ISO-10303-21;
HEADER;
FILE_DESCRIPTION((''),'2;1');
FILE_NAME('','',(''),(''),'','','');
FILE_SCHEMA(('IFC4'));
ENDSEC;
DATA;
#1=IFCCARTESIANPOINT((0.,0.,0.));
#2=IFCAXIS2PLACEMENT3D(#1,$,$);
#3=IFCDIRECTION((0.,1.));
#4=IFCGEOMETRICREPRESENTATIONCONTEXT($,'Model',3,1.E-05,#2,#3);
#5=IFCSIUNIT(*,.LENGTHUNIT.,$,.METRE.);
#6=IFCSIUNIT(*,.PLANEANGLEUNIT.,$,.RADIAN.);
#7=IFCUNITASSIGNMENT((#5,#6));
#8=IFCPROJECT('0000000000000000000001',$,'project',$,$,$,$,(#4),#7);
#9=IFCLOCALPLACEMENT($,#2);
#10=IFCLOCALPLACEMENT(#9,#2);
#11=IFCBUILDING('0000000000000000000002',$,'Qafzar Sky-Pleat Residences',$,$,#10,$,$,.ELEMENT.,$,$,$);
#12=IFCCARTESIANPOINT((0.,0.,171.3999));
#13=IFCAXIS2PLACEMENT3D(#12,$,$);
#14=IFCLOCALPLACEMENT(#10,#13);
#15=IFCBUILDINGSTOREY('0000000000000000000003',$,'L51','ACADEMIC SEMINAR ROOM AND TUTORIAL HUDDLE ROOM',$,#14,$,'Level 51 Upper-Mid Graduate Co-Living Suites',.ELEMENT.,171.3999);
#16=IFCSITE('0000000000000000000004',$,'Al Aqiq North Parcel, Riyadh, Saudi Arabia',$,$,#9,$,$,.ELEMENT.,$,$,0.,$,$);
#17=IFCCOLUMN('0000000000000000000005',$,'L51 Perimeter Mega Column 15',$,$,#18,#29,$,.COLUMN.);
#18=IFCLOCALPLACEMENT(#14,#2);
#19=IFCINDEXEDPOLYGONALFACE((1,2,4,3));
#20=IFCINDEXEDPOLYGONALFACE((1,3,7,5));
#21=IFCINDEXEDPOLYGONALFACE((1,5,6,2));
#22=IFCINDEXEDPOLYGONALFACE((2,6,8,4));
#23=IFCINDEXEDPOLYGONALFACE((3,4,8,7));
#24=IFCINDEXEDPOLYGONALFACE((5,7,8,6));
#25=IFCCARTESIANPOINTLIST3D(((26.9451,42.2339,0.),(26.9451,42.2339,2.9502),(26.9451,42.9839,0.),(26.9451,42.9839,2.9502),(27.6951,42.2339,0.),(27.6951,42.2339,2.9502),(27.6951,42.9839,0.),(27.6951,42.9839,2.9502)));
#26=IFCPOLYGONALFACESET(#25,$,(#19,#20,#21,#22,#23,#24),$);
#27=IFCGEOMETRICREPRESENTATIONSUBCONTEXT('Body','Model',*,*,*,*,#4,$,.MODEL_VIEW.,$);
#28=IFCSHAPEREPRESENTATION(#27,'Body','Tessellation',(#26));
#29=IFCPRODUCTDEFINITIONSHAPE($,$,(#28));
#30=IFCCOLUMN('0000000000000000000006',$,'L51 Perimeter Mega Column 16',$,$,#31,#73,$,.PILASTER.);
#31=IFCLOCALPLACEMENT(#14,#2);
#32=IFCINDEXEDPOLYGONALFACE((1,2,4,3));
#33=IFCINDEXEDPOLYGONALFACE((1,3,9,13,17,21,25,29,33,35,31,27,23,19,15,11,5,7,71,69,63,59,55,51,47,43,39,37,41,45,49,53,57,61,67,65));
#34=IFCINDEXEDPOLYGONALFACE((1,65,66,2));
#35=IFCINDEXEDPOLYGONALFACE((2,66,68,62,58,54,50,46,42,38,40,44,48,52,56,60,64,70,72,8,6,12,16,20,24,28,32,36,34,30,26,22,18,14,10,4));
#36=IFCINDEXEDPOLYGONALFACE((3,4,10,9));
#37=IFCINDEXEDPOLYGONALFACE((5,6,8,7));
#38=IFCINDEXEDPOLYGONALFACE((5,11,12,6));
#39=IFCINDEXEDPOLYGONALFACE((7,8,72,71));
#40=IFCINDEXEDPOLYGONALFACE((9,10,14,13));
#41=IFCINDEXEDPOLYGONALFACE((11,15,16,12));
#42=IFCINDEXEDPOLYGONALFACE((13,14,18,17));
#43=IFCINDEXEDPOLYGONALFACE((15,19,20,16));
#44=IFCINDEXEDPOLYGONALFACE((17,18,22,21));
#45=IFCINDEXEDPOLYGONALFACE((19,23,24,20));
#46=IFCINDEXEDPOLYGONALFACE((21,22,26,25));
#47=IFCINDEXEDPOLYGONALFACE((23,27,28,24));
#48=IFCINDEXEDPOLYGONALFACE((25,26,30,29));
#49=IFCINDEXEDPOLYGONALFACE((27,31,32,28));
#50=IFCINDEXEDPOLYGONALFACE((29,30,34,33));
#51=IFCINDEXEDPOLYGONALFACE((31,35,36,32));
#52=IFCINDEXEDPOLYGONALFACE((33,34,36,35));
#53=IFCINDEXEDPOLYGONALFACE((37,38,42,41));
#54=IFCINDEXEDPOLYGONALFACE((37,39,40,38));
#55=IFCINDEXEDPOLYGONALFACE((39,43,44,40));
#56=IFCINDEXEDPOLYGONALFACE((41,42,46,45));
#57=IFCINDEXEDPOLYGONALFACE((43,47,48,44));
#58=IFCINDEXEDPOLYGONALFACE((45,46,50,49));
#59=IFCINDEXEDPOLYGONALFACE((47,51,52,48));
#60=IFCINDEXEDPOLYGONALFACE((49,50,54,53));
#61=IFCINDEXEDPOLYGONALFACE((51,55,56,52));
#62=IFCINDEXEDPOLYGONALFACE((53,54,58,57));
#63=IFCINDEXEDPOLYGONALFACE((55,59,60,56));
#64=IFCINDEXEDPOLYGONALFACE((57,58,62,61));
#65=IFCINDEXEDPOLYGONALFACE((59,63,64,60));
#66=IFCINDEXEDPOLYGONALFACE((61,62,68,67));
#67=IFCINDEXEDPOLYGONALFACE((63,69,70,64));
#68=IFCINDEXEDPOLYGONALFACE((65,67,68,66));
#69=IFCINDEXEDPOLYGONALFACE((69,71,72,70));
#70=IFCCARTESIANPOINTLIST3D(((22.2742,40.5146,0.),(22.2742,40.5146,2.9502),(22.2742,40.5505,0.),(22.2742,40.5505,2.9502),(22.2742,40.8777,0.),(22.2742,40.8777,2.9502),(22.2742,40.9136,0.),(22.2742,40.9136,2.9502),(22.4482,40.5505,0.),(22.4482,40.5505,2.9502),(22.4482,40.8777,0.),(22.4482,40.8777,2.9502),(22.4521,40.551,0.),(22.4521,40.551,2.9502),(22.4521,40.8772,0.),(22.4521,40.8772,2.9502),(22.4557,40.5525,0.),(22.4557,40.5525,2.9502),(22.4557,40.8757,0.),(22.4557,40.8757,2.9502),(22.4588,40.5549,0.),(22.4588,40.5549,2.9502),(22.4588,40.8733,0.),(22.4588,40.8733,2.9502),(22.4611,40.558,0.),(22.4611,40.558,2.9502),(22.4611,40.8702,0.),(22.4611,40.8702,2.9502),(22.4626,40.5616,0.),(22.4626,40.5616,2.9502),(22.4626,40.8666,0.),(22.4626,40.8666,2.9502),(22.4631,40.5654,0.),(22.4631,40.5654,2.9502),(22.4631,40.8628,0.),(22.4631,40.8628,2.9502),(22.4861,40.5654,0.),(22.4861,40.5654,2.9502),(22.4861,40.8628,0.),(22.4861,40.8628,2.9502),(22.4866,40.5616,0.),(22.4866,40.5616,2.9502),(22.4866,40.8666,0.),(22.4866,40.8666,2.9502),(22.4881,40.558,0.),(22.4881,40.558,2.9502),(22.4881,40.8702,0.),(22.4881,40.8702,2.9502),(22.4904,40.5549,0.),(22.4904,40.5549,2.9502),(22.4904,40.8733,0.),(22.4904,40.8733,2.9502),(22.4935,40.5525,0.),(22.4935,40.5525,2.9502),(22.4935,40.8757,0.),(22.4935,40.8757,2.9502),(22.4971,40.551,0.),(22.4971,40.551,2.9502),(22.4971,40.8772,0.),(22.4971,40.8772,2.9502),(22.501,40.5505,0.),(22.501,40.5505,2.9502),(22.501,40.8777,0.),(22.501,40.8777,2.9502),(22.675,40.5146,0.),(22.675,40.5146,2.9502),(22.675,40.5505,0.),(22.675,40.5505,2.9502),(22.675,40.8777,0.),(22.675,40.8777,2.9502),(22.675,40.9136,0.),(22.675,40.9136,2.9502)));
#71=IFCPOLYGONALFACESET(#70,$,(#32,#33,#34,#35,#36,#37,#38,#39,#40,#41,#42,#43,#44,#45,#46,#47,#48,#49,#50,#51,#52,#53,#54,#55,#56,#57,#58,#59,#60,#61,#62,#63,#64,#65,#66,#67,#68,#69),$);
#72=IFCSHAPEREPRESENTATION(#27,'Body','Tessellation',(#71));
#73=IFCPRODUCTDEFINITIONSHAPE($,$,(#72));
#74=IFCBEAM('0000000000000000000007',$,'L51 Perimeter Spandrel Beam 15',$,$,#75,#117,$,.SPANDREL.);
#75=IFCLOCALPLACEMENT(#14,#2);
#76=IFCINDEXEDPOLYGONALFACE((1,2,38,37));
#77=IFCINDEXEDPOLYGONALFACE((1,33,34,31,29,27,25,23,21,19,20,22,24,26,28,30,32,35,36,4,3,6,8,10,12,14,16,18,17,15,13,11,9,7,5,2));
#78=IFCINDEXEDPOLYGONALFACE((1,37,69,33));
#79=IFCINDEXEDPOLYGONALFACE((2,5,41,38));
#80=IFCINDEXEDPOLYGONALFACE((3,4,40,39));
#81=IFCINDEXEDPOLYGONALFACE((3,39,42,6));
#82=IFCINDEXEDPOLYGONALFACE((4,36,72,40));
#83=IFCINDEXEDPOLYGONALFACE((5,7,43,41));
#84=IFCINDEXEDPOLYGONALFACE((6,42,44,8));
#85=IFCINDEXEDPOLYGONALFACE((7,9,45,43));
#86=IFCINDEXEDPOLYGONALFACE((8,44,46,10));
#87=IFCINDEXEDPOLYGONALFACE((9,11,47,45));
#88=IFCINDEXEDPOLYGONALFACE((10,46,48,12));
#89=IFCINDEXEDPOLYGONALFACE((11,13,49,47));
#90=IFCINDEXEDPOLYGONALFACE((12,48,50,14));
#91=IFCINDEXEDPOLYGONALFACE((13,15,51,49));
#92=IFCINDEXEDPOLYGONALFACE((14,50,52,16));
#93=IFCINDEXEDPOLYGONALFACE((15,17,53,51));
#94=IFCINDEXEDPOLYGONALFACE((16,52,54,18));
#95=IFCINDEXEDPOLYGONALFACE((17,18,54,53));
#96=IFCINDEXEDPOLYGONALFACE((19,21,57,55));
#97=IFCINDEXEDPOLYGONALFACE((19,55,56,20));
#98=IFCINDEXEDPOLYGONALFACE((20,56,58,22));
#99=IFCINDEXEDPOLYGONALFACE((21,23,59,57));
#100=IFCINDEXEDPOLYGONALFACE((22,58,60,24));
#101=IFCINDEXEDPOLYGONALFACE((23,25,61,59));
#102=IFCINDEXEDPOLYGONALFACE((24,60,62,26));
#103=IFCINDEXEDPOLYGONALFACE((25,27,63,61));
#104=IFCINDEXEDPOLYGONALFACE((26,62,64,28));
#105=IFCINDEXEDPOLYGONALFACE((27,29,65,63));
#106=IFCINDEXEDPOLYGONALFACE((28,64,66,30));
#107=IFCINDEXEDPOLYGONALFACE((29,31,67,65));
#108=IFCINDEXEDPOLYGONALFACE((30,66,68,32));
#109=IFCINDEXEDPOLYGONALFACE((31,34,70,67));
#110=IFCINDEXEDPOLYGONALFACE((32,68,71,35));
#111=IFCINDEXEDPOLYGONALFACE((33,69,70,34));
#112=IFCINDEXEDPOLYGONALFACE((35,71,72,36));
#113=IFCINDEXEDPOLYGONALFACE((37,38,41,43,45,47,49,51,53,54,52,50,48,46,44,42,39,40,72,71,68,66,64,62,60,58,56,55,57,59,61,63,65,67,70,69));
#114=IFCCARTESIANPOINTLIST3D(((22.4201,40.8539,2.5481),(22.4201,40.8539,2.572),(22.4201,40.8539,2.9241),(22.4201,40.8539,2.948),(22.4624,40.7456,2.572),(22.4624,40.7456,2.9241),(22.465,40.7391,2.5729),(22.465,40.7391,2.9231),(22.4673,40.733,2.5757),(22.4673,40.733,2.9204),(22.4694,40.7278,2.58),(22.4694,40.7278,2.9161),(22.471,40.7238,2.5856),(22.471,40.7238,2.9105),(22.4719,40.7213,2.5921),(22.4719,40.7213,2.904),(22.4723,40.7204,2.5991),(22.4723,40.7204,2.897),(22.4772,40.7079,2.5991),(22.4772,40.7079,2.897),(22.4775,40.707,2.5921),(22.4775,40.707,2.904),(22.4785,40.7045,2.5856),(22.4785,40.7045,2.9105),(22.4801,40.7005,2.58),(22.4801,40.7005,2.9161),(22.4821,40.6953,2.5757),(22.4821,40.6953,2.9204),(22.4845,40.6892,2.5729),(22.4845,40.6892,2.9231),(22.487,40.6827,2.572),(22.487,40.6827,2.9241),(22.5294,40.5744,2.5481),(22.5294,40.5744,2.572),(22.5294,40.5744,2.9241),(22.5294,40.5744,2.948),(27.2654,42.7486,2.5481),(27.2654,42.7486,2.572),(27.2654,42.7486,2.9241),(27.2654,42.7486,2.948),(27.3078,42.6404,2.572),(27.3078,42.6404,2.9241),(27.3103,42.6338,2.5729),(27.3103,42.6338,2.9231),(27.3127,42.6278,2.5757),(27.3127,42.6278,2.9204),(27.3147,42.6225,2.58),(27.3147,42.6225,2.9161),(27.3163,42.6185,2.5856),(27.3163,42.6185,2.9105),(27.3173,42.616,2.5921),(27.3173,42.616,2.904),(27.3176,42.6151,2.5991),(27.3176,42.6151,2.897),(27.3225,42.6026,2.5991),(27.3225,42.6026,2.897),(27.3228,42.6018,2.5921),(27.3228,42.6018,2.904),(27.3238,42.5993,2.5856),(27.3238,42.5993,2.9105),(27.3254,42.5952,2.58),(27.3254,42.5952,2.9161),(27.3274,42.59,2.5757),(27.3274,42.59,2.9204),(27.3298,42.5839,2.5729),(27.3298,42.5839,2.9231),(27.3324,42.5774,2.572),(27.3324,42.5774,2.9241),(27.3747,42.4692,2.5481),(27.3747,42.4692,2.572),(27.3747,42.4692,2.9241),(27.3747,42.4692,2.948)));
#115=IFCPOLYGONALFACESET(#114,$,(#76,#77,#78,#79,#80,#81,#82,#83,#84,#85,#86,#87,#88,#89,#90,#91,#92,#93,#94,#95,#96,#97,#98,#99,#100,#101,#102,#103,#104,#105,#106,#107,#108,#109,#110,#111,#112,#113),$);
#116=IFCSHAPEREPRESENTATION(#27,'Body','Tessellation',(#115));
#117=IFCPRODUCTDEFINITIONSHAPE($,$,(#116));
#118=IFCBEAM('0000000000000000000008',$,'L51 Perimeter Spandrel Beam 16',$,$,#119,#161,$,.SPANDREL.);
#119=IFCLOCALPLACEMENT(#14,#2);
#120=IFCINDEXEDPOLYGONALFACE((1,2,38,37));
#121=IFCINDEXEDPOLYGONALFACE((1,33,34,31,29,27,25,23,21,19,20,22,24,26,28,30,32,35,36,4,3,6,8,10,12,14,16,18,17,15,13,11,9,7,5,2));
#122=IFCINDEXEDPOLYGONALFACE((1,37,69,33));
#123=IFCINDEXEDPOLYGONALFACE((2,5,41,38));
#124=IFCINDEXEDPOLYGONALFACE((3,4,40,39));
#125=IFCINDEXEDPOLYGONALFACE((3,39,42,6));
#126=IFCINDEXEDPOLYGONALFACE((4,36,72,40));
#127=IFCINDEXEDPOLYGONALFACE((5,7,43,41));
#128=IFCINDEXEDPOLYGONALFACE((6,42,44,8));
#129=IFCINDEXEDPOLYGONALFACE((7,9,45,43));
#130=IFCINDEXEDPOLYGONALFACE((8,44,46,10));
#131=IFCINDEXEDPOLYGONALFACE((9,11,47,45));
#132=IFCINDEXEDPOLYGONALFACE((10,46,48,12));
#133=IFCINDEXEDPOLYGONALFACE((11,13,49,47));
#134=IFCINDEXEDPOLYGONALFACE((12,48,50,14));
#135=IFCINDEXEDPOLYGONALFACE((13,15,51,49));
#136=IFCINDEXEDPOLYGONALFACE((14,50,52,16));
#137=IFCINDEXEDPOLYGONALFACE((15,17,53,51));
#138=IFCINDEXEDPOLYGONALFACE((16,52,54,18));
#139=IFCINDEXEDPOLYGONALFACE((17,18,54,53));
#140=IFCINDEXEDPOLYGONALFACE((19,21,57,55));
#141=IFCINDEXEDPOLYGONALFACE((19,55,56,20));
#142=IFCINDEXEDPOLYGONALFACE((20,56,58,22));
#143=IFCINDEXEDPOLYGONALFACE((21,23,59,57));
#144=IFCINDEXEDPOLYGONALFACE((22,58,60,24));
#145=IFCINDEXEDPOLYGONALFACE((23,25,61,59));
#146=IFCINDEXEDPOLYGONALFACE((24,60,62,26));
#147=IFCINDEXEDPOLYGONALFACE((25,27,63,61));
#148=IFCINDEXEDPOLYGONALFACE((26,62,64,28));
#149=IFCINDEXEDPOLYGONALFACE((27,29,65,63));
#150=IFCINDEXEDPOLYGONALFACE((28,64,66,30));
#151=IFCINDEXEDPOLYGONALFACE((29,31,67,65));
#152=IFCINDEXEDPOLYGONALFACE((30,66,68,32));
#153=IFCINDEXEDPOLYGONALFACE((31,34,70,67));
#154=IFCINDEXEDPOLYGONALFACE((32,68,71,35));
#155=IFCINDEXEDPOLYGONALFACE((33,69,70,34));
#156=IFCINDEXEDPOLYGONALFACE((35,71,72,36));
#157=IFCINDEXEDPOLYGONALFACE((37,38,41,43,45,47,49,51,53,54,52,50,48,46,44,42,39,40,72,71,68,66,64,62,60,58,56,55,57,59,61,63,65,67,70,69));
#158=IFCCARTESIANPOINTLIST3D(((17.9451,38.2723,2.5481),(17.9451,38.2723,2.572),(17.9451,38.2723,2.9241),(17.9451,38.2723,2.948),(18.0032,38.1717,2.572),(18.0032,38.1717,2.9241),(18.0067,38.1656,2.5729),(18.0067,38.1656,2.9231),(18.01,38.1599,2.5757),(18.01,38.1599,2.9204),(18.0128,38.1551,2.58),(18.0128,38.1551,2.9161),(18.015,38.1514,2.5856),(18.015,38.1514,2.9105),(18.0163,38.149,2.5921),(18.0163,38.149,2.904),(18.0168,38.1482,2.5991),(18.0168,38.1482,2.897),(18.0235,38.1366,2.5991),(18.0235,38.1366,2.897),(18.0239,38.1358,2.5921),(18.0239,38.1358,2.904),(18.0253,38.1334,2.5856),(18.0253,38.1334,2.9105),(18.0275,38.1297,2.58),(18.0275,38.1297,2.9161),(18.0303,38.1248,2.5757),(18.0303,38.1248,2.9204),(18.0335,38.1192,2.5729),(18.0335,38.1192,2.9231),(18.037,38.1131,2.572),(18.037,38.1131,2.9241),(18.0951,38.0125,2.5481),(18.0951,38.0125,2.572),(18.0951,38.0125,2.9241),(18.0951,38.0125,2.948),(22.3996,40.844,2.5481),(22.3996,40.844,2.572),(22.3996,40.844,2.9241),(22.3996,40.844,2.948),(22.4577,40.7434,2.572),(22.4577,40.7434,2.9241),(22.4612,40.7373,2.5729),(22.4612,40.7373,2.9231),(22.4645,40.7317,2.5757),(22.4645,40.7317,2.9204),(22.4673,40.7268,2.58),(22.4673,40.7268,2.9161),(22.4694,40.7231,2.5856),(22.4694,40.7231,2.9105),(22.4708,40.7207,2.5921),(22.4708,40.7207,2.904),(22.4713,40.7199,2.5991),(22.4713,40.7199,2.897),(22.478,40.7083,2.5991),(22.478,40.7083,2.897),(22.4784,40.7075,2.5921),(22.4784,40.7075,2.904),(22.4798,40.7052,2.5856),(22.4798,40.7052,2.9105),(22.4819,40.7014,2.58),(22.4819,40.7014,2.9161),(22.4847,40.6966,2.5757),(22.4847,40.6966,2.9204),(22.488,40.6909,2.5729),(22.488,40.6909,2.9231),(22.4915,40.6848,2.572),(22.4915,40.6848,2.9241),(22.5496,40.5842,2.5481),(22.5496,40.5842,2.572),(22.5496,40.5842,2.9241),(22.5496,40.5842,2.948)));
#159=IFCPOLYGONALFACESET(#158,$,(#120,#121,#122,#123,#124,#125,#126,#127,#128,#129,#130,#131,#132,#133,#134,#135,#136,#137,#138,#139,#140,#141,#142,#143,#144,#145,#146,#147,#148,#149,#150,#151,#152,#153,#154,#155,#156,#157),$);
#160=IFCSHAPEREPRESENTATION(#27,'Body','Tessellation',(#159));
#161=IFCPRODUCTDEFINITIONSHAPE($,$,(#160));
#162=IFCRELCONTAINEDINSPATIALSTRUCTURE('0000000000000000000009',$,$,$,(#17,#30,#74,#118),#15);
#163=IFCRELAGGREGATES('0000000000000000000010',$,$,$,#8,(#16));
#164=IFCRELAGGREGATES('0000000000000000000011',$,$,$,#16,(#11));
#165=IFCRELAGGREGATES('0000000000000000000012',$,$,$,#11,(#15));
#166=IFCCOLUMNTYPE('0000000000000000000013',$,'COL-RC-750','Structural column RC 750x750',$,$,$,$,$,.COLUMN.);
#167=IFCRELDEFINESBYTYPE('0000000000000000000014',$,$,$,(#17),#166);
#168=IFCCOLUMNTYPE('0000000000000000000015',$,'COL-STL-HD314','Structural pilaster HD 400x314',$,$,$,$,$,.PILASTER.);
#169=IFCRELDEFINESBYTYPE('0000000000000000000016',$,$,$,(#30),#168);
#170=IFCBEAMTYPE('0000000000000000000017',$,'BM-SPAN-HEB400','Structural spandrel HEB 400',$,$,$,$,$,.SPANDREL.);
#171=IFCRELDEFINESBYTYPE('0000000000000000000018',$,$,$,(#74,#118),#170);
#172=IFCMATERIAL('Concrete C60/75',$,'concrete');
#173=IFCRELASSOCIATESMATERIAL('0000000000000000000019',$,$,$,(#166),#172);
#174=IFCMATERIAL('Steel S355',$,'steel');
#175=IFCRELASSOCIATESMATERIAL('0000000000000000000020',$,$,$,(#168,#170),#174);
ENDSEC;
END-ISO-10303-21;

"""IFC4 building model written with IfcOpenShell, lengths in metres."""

from ifc_helpers import new_model, si_unit, direction, frame, origin, origin_2d, place, context, subcontext, project, spatial, rectangle, i_section, extrude, source, transform, mapped, material, material_profile, profile_set, type_object, element, save


model = new_model("IFC4")

# Units and contexts
model_context = context("Model", 3, precision=1e-05, world=origin(), true_north=direction((0.0, 1.0)))
body_context = subcontext(model_context, "Body", "Model", "MODEL_VIEW")
ifc_project = project(units=[si_unit("LENGTHUNIT", "METRE"), si_unit("PLANEANGLEUNIT", "RADIAN")], contexts=[model_context])

# Site, building, storey
site_placement = place(None, origin())
site = spatial("IfcSite", under=ifc_project, at=site_placement, Name="Al Aqiq North Parcel, Riyadh, Saudi Arabia", CompositionType="ELEMENT", RefElevation=0.0)
building_placement = place(site_placement, origin())
building = spatial("IfcBuilding", under=site, at=building_placement, Name="Qafzar Sky-Pleat Residences", CompositionType="ELEMENT")
storey_placement = place(building_placement, frame((0.0, 0.0, 171.3999)))
storey = spatial("IfcBuildingStorey", under=building, at=storey_placement, Name="L51", Description="ACADEMIC SEMINAR ROOM AND TUTORIAL HUDDLE ROOM", LongName="Level 51 Upper-Mid Graduate Co-Living Suites", CompositionType="ELEMENT", Elevation=171.3999)

# Columns
ifc_material_1 = material(Name="Concrete C60/75", Category="concrete")
ifc_material_profile_1 = material_profile(ifc_material_1, rectangle(XDim=0.75, YDim=0.75, at=origin_2d()), Name="RC 750x750")
ifc_profile_set_1 = profile_set([ifc_material_profile_1], Name="Concrete C60/75")
column_type_1 = type_object("IfcColumnType", Name="COL-RC-750", Description="Structural column RC 750x750", PredefinedType="COLUMN", material=ifc_profile_set_1)
shared_shape_1 = source(origin(), body_context, "Body", "SweptSolid", [
    extrude(rectangle(XDim=0.75, YDim=0.75, at=origin_2d()), origin(), (0.0, 0.0, 1.0), 2.9502),
])
column_1_placement = place(storey_placement, frame((27.3201, 42.6089, 0.0), z_axis=(0.0, 0.0, 1.0), x_axis=(1.0, 0.0, 0.0)))
element("IfcColumn", 1, at=column_1_placement, inside=storey, type_object=column_type_1, Name="L51 Perimeter Mega Column 15", PredefinedType="COLUMN", context=body_context, shape_type="MappedRepresentation", body=[
    mapped(shared_shape_1, transform((0.0, 0.0, 0.0), x_axis=(1.0, 0.0, 0.0), y_axis=(0.0, 1.0, 0.0), z_axis=(0.0, 0.0, 1.0), scale=1.0)),
])
ifc_material_2 = material(Name="Steel S355", Category="steel")
ifc_material_profile_2 = material_profile(ifc_material_2, i_section(OverallWidth=0.4009, OverallDepth=0.3989, WebThickness=0.0229, FlangeThickness=0.0359, FilletRadius=0.0149, at=origin_2d()), Name="HD 400x314")
ifc_profile_set_2 = profile_set([ifc_material_profile_2], Name="Steel S355")
column_type_2 = type_object("IfcColumnType", Name="COL-STL-HD314", Description="Structural pilaster HD 400x314", PredefinedType="PILASTER", material=ifc_profile_set_2)
shared_shape_2 = source(origin(), body_context, "Body", "SweptSolid", [
    extrude(i_section(OverallWidth=0.4009, OverallDepth=0.3989, WebThickness=0.0229, FlangeThickness=0.0359, FilletRadius=0.0149, at=origin_2d()), origin(), (0.0, 0.0, 1.0), 2.9502),
])
column_2_placement = place(storey_placement, frame((22.4746, 40.7141, 0.0), z_axis=(0.0, 0.0, 1.0), x_axis=(1.0, 0.0, 0.0)))
element("IfcColumn", 2, at=column_2_placement, inside=storey, type_object=column_type_2, Name="L51 Perimeter Mega Column 16", PredefinedType="PILASTER", context=body_context, shape_type="MappedRepresentation", body=[
    mapped(shared_shape_2, transform((0.0, 0.0, 0.0), x_axis=(1.0, 0.0, 0.0), y_axis=(0.0, 1.0, 0.0), z_axis=(0.0, 0.0, 1.0), scale=1.0)),
])

# Beams
ifc_material_profile_3 = material_profile(ifc_material_2, i_section(OverallWidth=0.3, OverallDepth=0.3999, WebThickness=0.0134, FlangeThickness=0.0239, FilletRadius=0.0271, at=origin_2d()), Name="HEB 400")
ifc_profile_set_3 = profile_set([ifc_material_profile_3], Name="Steel S355")
beam_type_1 = type_object("IfcBeamType", Name="BM-SPAN-HEB400", Description="Structural spandrel HEB 400", PredefinedType="SPANDREL", material=ifc_profile_set_3)
shared_shape_3 = source(origin(), body_context, "Body", "SweptSolid", [
    extrude(i_section(OverallWidth=0.3, OverallDepth=0.3999, WebThickness=0.0134, FlangeThickness=0.0239, FilletRadius=0.0271, at=origin_2d()), origin(), (0.0, 0.0, 1.0), 5.2026),
])
beam_1_placement = place(storey_placement, frame((27.3201, 42.6089, 2.748), z_axis=(-0.931326, -0.364187, 0.0), x_axis=(0.364187, -0.931326, 0.0)))
element("IfcBeam", 3, at=beam_1_placement, inside=storey, type_object=beam_type_1, Name="L51 Perimeter Spandrel Beam 15", PredefinedType="SPANDREL", context=body_context, shape_type="MappedRepresentation", body=[
    mapped(shared_shape_3, transform((0.0, 0.0, 0.0), x_axis=(1.0, 0.0, 0.0), y_axis=(0.0, 1.0, 0.0), z_axis=(0.0, 0.0, 1.0), scale=1.0)),
])
shared_shape_4 = source(origin(), body_context, "Body", "SweptSolid", [
    extrude(i_section(OverallWidth=0.3, OverallDepth=0.3999, WebThickness=0.0134, FlangeThickness=0.0239, FilletRadius=0.0271, at=origin_2d()), origin(), (0.0, 0.0, 1.0), 5.1436),
])
beam_2_placement = place(storey_placement, frame((22.4746, 40.7141, 2.748), z_axis=(-0.866032, -0.499988, 0.0), x_axis=(0.499988, -0.866032, 0.0)))
element("IfcBeam", 4, at=beam_2_placement, inside=storey, type_object=beam_type_1, Name="L51 Perimeter Spandrel Beam 16", PredefinedType="SPANDREL", context=body_context, shape_type="MappedRepresentation", body=[
    mapped(shared_shape_4, transform((0.0, 0.0, 0.0), x_axis=(1.0, 0.0, 0.0), y_axis=(0.0, 1.0, 0.0), z_axis=(0.0, 0.0, 1.0), scale=1.0)),
])

save(model, "model.ifc")
